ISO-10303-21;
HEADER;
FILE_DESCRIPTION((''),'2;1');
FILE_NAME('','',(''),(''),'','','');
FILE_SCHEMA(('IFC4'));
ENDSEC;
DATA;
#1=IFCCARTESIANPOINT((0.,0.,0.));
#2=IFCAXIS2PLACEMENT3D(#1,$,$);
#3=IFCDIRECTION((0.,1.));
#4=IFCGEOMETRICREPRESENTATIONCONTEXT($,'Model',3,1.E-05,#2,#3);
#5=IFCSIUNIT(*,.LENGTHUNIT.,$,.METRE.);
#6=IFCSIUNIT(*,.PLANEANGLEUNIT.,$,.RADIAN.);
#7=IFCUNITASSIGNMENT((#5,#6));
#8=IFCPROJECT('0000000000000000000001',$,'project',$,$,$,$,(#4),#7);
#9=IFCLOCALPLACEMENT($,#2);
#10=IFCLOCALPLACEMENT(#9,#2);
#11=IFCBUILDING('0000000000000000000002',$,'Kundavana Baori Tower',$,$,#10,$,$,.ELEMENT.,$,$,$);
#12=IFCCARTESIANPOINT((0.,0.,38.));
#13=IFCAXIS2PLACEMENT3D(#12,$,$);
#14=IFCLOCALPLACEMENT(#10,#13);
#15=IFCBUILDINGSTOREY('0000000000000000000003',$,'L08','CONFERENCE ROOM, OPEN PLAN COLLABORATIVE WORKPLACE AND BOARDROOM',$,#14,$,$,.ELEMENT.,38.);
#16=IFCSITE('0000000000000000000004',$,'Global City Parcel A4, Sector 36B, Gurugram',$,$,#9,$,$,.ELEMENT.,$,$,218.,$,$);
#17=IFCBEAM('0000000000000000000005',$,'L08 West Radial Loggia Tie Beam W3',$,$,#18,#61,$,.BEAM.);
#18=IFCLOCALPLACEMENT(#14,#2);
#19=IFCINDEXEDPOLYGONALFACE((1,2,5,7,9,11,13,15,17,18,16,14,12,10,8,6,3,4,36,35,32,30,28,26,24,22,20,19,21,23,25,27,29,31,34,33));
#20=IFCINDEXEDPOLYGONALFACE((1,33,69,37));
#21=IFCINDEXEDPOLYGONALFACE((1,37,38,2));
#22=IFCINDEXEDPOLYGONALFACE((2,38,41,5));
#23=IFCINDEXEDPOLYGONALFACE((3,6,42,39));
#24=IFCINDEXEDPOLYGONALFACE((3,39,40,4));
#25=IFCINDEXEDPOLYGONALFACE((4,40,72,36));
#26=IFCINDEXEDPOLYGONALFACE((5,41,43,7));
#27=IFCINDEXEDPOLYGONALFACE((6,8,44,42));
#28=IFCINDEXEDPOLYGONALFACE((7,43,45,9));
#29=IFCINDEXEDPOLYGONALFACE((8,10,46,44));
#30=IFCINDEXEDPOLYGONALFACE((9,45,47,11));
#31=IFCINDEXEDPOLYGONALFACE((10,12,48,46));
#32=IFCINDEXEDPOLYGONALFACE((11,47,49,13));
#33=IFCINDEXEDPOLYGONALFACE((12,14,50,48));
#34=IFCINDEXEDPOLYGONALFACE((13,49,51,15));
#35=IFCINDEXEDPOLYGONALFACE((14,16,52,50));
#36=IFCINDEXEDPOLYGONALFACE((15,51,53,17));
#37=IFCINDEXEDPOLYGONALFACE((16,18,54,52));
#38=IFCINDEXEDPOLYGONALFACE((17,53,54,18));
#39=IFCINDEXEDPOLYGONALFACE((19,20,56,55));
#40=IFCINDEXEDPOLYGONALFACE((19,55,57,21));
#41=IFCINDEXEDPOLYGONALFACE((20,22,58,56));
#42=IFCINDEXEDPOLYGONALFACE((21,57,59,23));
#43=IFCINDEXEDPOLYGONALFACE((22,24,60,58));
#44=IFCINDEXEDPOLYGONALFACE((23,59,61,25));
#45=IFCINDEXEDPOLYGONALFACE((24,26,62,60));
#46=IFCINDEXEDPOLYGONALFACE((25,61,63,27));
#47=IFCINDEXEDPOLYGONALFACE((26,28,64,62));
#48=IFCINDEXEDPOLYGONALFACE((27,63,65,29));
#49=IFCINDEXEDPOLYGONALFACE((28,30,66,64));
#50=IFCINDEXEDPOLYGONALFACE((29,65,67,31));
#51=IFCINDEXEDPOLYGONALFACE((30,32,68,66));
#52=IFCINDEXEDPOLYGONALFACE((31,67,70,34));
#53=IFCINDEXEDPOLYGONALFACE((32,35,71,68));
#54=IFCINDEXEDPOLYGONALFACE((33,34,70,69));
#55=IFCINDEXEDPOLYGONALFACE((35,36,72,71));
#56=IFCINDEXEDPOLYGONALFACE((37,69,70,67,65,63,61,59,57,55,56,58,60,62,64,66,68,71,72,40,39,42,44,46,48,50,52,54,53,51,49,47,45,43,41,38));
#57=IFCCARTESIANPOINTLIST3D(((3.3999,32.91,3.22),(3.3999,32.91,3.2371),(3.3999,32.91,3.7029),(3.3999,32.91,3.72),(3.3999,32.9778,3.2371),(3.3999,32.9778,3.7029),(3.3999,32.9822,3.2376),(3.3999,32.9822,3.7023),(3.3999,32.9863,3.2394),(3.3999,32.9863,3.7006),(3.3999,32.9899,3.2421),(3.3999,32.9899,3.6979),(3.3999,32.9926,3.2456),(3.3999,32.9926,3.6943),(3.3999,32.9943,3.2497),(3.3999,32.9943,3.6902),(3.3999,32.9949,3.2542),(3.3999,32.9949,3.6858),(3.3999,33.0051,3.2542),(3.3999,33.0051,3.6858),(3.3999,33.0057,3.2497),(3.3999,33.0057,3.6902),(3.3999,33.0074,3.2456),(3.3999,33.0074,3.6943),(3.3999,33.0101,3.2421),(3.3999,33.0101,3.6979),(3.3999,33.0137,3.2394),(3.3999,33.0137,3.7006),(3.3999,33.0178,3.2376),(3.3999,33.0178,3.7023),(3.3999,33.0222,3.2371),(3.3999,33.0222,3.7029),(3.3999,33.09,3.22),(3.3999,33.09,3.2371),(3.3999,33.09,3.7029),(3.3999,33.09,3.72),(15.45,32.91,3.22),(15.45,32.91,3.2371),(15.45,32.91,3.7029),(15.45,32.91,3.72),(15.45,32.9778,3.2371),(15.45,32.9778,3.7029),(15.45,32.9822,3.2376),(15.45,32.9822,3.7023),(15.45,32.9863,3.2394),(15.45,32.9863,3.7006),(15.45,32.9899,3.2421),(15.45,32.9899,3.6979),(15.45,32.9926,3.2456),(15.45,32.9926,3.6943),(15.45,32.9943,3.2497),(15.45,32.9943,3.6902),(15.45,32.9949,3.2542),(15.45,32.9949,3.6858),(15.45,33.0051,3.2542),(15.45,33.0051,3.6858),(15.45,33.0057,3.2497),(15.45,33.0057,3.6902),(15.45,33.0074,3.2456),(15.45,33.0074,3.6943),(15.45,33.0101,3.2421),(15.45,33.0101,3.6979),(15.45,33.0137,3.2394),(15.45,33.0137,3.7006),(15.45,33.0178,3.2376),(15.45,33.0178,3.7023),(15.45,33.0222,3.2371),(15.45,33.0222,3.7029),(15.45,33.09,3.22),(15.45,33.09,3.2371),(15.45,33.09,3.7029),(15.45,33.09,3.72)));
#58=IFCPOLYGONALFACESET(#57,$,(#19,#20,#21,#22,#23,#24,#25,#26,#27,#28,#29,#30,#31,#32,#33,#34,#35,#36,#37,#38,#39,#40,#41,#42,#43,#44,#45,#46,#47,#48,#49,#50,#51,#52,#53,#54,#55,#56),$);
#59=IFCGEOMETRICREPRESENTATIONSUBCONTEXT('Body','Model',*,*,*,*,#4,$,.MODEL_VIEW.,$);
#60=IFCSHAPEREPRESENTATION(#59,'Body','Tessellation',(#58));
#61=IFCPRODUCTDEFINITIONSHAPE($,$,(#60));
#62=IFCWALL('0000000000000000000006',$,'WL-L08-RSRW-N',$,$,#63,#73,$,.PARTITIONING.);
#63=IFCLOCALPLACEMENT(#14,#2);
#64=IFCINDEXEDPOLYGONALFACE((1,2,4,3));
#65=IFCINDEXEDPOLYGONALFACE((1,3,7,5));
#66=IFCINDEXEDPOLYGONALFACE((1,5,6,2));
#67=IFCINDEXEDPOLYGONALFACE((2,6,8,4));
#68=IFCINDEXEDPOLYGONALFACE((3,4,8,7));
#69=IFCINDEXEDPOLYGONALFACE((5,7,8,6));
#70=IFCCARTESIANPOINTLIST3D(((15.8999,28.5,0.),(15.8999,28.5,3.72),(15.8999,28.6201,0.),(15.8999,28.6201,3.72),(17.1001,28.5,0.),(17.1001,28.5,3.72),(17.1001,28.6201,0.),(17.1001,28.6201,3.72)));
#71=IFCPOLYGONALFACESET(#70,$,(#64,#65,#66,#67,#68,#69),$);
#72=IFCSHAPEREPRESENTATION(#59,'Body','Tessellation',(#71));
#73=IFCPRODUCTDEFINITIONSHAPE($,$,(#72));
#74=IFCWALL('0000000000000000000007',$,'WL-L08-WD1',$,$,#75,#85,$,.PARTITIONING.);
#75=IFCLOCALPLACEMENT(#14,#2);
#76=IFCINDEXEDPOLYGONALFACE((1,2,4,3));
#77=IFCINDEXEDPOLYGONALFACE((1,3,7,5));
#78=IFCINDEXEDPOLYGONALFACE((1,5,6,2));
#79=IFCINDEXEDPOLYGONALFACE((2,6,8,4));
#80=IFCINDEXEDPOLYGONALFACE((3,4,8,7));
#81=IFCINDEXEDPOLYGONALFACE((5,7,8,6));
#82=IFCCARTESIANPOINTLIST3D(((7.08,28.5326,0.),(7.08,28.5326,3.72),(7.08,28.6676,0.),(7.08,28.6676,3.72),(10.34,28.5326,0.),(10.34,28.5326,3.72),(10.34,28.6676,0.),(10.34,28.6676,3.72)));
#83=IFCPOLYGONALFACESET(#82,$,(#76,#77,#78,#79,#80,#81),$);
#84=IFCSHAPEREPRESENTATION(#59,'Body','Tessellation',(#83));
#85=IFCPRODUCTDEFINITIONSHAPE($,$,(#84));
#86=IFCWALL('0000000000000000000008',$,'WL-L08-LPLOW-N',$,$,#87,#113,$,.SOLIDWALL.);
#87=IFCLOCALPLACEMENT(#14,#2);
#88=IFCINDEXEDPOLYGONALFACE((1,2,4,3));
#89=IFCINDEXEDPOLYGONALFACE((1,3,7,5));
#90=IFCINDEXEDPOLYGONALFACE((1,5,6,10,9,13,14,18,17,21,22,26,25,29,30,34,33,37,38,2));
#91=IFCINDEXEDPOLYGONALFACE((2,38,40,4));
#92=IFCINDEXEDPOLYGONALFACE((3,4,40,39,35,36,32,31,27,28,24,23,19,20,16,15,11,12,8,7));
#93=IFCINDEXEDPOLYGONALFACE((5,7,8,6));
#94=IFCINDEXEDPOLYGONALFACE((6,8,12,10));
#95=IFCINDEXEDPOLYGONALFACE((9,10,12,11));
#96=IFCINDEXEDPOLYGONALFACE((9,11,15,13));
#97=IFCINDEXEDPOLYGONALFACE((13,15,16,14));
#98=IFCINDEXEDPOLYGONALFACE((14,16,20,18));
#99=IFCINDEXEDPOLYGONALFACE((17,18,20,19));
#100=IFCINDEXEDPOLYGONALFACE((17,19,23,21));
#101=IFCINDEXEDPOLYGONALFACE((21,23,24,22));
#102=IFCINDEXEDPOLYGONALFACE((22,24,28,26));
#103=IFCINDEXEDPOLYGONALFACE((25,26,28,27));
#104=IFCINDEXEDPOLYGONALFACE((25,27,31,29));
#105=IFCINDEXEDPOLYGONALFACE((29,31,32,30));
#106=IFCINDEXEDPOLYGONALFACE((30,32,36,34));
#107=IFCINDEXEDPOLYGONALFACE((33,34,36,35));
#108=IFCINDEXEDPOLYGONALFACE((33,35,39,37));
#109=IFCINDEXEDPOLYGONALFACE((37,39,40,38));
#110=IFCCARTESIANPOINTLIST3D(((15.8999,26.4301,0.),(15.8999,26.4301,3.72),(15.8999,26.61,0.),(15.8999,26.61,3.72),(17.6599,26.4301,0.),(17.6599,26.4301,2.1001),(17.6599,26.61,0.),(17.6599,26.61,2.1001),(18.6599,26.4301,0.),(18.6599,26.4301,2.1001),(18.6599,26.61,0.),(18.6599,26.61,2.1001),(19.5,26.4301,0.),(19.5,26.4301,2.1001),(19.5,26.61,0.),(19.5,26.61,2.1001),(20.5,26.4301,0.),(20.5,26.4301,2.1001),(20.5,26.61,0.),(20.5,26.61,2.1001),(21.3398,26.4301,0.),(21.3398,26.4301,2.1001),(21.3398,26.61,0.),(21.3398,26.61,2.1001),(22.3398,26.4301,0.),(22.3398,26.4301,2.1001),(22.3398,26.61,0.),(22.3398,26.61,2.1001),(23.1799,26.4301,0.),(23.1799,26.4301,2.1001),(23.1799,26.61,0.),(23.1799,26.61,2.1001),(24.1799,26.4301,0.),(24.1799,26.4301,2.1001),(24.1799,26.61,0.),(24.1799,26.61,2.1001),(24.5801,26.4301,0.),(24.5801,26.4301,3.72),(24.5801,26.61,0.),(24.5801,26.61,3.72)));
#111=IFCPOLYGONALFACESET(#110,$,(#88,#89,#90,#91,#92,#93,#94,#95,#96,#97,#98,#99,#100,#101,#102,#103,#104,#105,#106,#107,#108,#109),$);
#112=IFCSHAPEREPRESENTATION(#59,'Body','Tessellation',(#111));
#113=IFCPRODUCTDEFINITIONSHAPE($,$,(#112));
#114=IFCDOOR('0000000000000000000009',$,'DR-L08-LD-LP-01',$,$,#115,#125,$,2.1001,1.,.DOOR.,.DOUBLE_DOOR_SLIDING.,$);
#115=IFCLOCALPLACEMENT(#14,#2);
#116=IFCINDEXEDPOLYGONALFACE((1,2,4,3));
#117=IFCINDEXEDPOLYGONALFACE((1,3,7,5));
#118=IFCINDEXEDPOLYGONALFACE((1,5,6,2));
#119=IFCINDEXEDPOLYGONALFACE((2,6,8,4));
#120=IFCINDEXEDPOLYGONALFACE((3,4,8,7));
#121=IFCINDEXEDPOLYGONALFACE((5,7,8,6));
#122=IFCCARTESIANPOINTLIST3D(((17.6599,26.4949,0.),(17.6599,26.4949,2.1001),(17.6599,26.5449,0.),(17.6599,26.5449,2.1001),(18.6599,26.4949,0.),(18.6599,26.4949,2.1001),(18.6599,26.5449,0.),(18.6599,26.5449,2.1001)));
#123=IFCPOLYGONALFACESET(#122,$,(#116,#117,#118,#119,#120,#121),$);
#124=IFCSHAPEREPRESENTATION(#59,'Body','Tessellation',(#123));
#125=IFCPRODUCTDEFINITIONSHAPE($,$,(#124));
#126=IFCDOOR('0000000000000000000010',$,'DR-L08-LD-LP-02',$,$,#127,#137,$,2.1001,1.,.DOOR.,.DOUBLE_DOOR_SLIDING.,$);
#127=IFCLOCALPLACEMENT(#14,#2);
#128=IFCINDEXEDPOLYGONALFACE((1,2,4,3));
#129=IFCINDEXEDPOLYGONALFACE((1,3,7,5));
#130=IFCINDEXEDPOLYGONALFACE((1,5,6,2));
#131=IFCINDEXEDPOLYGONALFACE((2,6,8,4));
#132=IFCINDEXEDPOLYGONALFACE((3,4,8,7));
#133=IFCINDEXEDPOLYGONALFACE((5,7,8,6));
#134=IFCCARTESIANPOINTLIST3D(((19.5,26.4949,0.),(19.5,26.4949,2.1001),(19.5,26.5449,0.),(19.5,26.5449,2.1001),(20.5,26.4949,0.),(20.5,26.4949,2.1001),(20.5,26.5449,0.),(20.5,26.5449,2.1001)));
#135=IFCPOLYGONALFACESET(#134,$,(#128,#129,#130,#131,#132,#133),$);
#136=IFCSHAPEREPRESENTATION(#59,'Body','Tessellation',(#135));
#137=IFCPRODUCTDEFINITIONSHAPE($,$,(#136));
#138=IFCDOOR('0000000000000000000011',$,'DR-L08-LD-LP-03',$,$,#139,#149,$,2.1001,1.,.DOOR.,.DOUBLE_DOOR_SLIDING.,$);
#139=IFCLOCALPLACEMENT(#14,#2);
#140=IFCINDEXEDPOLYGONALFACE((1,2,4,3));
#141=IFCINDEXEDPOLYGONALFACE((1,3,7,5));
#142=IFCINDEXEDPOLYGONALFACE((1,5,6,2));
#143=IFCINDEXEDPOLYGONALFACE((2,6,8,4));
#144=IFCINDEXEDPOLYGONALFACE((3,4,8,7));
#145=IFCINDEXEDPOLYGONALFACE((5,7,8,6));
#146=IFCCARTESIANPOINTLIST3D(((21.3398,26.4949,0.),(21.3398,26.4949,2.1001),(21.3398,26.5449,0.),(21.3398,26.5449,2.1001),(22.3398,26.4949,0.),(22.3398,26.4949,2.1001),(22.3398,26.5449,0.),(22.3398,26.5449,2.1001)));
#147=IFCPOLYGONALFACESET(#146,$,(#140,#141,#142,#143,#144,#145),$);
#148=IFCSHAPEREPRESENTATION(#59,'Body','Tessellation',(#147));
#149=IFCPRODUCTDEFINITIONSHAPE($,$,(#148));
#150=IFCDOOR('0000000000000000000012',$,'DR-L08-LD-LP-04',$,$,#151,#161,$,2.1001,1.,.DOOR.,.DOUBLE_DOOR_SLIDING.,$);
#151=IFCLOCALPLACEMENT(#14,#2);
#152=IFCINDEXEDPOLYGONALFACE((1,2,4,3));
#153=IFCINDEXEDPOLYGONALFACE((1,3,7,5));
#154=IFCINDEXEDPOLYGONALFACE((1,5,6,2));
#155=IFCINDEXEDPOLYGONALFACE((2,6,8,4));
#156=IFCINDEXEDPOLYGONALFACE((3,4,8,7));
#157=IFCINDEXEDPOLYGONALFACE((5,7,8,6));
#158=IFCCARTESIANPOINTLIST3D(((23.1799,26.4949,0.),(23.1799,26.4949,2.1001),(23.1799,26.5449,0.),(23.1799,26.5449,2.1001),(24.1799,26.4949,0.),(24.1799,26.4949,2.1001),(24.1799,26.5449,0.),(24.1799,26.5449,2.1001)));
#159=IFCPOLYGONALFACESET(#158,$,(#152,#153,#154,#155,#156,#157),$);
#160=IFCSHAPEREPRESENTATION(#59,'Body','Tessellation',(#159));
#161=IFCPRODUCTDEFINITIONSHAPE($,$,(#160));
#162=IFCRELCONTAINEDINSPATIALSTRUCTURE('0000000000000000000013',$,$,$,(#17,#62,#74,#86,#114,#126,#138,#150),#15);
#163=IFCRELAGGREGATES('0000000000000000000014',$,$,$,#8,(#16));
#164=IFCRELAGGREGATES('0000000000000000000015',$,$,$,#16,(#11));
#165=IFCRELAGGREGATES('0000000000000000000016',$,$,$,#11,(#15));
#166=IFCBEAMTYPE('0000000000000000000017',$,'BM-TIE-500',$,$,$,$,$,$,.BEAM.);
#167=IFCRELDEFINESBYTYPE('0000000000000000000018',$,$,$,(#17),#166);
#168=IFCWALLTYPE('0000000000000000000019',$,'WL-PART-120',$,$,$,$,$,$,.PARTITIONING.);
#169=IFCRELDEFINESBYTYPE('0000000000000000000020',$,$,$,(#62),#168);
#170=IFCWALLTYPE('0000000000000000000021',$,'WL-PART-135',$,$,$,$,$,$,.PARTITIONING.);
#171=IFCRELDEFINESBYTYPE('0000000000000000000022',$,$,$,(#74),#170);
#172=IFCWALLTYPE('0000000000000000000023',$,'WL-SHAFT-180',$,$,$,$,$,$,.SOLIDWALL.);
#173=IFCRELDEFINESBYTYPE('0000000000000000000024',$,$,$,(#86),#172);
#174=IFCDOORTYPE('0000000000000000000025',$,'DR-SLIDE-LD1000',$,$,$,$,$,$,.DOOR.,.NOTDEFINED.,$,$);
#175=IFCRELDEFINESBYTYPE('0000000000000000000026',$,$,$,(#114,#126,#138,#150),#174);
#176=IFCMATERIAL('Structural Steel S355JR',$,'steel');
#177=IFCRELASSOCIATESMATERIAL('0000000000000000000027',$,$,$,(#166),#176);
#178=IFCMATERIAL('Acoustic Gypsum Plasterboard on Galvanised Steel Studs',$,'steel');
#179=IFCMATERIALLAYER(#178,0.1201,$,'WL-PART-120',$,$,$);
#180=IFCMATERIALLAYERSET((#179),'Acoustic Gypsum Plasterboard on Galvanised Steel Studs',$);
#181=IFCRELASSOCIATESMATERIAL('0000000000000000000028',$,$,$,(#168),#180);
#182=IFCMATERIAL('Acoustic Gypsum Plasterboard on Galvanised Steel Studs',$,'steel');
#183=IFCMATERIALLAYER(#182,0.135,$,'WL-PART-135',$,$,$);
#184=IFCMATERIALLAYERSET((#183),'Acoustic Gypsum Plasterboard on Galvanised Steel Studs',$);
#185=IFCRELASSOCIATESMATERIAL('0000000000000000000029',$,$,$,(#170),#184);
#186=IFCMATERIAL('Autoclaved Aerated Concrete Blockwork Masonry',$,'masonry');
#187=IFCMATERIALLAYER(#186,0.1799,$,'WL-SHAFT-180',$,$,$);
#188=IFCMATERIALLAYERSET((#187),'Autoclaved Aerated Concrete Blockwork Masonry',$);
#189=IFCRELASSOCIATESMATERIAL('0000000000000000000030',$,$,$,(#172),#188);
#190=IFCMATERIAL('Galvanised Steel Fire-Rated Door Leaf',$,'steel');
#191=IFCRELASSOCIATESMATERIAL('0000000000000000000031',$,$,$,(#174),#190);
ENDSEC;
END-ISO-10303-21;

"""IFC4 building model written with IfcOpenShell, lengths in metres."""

from ifc_helpers import new_model, si_unit, direction, frame, frame_2d, origin, origin_2d, place, context, subcontext, project, spatial, rectangle, i_section, extrude, material, layer, layer_set, material_profile, profile_set, type_object, element, fill, save


model = new_model("IFC4")

# Units and contexts
model_context = context("Model", 3, precision=1e-05, world=origin(), true_north=direction((0.0, 1.0)))
body_context = subcontext(model_context, "Body", "Model", "MODEL_VIEW")
ifc_project = project(units=[si_unit("LENGTHUNIT", "METRE"), si_unit("PLANEANGLEUNIT", "RADIAN")], contexts=[model_context])

# Site, building, storey
site_placement = place(None, origin())
site = spatial("IfcSite", under=ifc_project, at=site_placement, Name="Global City Parcel A4, Sector 36B, Gurugram", CompositionType="ELEMENT", RefElevation=218.0)
building_placement = place(site_placement, origin())
building = spatial("IfcBuilding", under=site, at=building_placement, Name="Kundavana Baori Tower", CompositionType="ELEMENT")
storey_placement = place(building_placement, frame((0.0, 0.0, 38.0)))
storey = spatial("IfcBuildingStorey", under=building, at=storey_placement, Name="L08", Description="CONFERENCE ROOM, OPEN PLAN COLLABORATIVE WORKPLACE AND BOARDROOM", CompositionType="ELEMENT", Elevation=38.0)

# Beam
ifc_material_1 = material(Name="Structural Steel S355JR", Category="steel")
ifc_material_profile_1 = material_profile(ifc_material_1, i_section(OverallWidth=0.1799, OverallDepth=0.5, WebThickness=0.0103, FlangeThickness=0.0171, FilletRadius=0.0171, at=origin_2d()), Name="ISMB 500")
ifc_profile_set_1 = profile_set([ifc_material_profile_1], Name="Structural Steel S355JR")
beam_type_1 = type_object("IfcBeamType", Name="BM-TIE-500", PredefinedType="BEAM", material=ifc_profile_set_1)
for number, where, z_axis, x_axis, name in (
    (1, (15.45, 33.0, 3.47), (-1.0, 0.0, 0.0), (0.0, -1.0, 0.0), "L08 West Radial Loggia Tie Beam W3"),
):
    element("IfcBeam", number, at=place(storey_placement, frame(where, z_axis=z_axis, x_axis=x_axis)), inside=storey, type_object=beam_type_1, Name=name, PredefinedType="BEAM", context=body_context, shape_type="SweptSolid", body=[
        extrude(i_section(OverallWidth=0.1799, OverallDepth=0.5, WebThickness=0.0103, FlangeThickness=0.0171, FilletRadius=0.0171, at=origin_2d()), origin(), (0.0, 0.0, 1.0), 12.05),
    ])

# Walls
ifc_material_2 = material(Name="Acoustic Gypsum Plasterboard on Galvanised Steel Studs", Category="steel")
ifc_layer_1 = layer(ifc_material_2, 0.1201, Name="WL-PART-120")
ifc_layer_set_1 = layer_set([ifc_layer_1], Name="Acoustic Gypsum Plasterboard on Galvanised Steel Studs")
wall_type_1 = type_object("IfcWallType", Name="WL-PART-120", PredefinedType="PARTITIONING", material=ifc_layer_set_1)
wall_1_placement = place(storey_placement, frame((15.8999, 28.5601, 0.0), z_axis=(0.0, 0.0, 1.0), x_axis=(1.0, 0.0, 0.0)))
element("IfcWall", 2, at=wall_1_placement, inside=storey, type_object=wall_type_1, Name="WL-L08-RSRW-N", PredefinedType="PARTITIONING", context=body_context, shape_type="SweptSolid", body=[
    extrude(rectangle(XDim=1.2002, YDim=0.1201, at=frame_2d((0.6001, 0.0))), origin(), (0.0, 0.0, 1.0), 3.72),
])
ifc_material_3 = material(Name="Acoustic Gypsum Plasterboard on Galvanised Steel Studs", Category="steel")
ifc_layer_2 = layer(ifc_material_3, 0.135, Name="WL-PART-135")
ifc_layer_set_2 = layer_set([ifc_layer_2], Name="Acoustic Gypsum Plasterboard on Galvanised Steel Studs")
wall_type_2 = type_object("IfcWallType", Name="WL-PART-135", PredefinedType="PARTITIONING", material=ifc_layer_set_2)
wall_2_placement = place(storey_placement, frame((7.0801, 28.6001, 0.0), z_axis=(0.0, 0.0, 1.0), x_axis=(1.0, 0.0, 0.0)))
element("IfcWall", 3, at=wall_2_placement, inside=storey, type_object=wall_type_2, Name="WL-L08-WD1", PredefinedType="PARTITIONING", context=body_context, shape_type="SweptSolid", body=[
    extrude(rectangle(XDim=3.26, YDim=0.135, at=frame_2d((1.6299, 0.0))), origin(), (0.0, 0.0, 1.0), 3.72),
])

# Wall, openings, doors
ifc_material_4 = material(Name="Autoclaved Aerated Concrete Blockwork Masonry", Category="masonry")
ifc_layer_3 = layer(ifc_material_4, 0.1799, Name="WL-SHAFT-180")
ifc_layer_set_3 = layer_set([ifc_layer_3], Name="Autoclaved Aerated Concrete Blockwork Masonry")
wall_type_3 = type_object("IfcWallType", Name="WL-SHAFT-180", PredefinedType="SOLIDWALL", material=ifc_layer_set_3)
wall_3_placement = place(storey_placement, frame((15.8999, 26.52, 0.0), z_axis=(0.0, 0.0, 1.0), x_axis=(1.0, 0.0, 0.0)))
wall_3 = element("IfcWall", 4, at=wall_3_placement, inside=storey, type_object=wall_type_3, Name="WL-L08-LPLOW-N", PredefinedType="SOLIDWALL", context=body_context, shape_type="SweptSolid", body=[
    extrude(rectangle(XDim=8.6802, YDim=0.1799, at=frame_2d((4.3401, 0.0))), origin(), (0.0, 0.0, 1.0), 3.72),
])
opening_1_placement = place(wall_3_placement, frame((1.76, 0.0, 0.0)))
opening_1 = element("IfcOpeningElement", 5, at=opening_1_placement, cuts=wall_3, PredefinedType="OPENING", context=body_context, shape_type="SweptSolid", body=[
    extrude(rectangle(XDim=1.0, YDim=2.1001, at=frame_2d((0.5, 1.05))), frame((0.0, 0.1001, 0.0), z_axis=(0.0, -1.0, 0.0), x_axis=(1.0, 0.0, 0.0)), (0.0, 0.0, 1.0), 0.2),
])
opening_2_placement = place(wall_3_placement, frame((3.6001, 0.0, 0.0)))
opening_2 = element("IfcOpeningElement", 6, at=opening_2_placement, cuts=wall_3, PredefinedType="OPENING", context=body_context, shape_type="SweptSolid", body=[
    extrude(rectangle(XDim=1.0, YDim=2.1001, at=frame_2d((0.5, 1.05))), frame((0.0, 0.1001, 0.0), z_axis=(0.0, -1.0, 0.0), x_axis=(1.0, 0.0, 0.0)), (0.0, 0.0, 1.0), 0.2),
])
opening_3_placement = place(wall_3_placement, frame((5.4399, 0.0, 0.0)))
opening_3 = element("IfcOpeningElement", 7, at=opening_3_placement, cuts=wall_3, PredefinedType="OPENING", context=body_context, shape_type="SweptSolid", body=[
    extrude(rectangle(XDim=1.0, YDim=2.1001, at=frame_2d((0.5, 1.05))), frame((0.0, 0.1001, 0.0), z_axis=(0.0, -1.0, 0.0), x_axis=(1.0, 0.0, 0.0)), (0.0, 0.0, 1.0), 0.2),
])
opening_4_placement = place(wall_3_placement, frame((7.28, 0.0, 0.0)))
opening_4 = element("IfcOpeningElement", 8, at=opening_4_placement, cuts=wall_3, PredefinedType="OPENING", context=body_context, shape_type="SweptSolid", body=[
    extrude(rectangle(XDim=1.0, YDim=2.1001, at=frame_2d((0.5, 1.05))), frame((0.0, 0.1001, 0.0), z_axis=(0.0, -1.0, 0.0), x_axis=(1.0, 0.0, 0.0)), (0.0, 0.0, 1.0), 0.2),
])
ifc_material_5 = material(Name="Galvanised Steel Fire-Rated Door Leaf", Category="steel")
door_type = type_object("IfcDoorType", Name="DR-SLIDE-LD1000", OperationType="NOTDEFINED", PredefinedType="DOOR", material=ifc_material_5)
door_1_placement = place(opening_1_placement, origin())
door_1 = element("IfcDoor", 9, at=door_1_placement, inside=storey, type_object=door_type, Name="DR-L08-LD-LP-01", OperationType="DOUBLE_DOOR_SLIDING", OverallHeight=2.1001, OverallWidth=1.0, PredefinedType="DOOR", context=body_context, shape_type="SweptSolid", body=[
    extrude(rectangle(XDim=1.0, YDim=2.1001, at=frame_2d((0.5, 1.05))), frame((0.0, 0.0249, 0.0), z_axis=(0.0, -1.0, 0.0), x_axis=(1.0, 0.0, 0.0)), (0.0, 0.0, 1.0), 0.05),
])
fill(opening_1, door_1)
door_2_placement = place(opening_2_placement, origin())
door_2 = element("IfcDoor", 10, at=door_2_placement, inside=storey, type_object=door_type, Name="DR-L08-LD-LP-02", OperationType="DOUBLE_DOOR_SLIDING", OverallHeight=2.1001, OverallWidth=1.0, PredefinedType="DOOR", context=body_context, shape_type="SweptSolid", body=[
    extrude(rectangle(XDim=1.0, YDim=2.1001, at=frame_2d((0.5, 1.05))), frame((0.0, 0.0249, 0.0), z_axis=(0.0, -1.0, 0.0), x_axis=(1.0, 0.0, 0.0)), (0.0, 0.0, 1.0), 0.05),
])
fill(opening_2, door_2)
door_3_placement = place(opening_3_placement, origin())
door_3 = element("IfcDoor", 11, at=door_3_placement, inside=storey, type_object=door_type, Name="DR-L08-LD-LP-03", OperationType="DOUBLE_DOOR_SLIDING", OverallHeight=2.1001, OverallWidth=1.0, PredefinedType="DOOR", context=body_context, shape_type="SweptSolid", body=[
    extrude(rectangle(XDim=1.0, YDim=2.1001, at=frame_2d((0.5, 1.05))), frame((0.0, 0.0249, 0.0), z_axis=(0.0, -1.0, 0.0), x_axis=(1.0, 0.0, 0.0)), (0.0, 0.0, 1.0), 0.05),
])
fill(opening_3, door_3)
door_4_placement = place(opening_4_placement, origin())
door_4 = element("IfcDoor", 12, at=door_4_placement, inside=storey, type_object=door_type, Name="DR-L08-LD-LP-04", OperationType="DOUBLE_DOOR_SLIDING", OverallHeight=2.1001, OverallWidth=1.0, PredefinedType="DOOR", context=body_context, shape_type="SweptSolid", body=[
    extrude(rectangle(XDim=1.0, YDim=2.1001, at=frame_2d((0.5, 1.05))), frame((0.0, 0.0249, 0.0), z_axis=(0.0, -1.0, 0.0), x_axis=(1.0, 0.0, 0.0)), (0.0, 0.0, 1.0), 0.05),
])
fill(opening_4, door_4)

save(model, "model.ifc")
